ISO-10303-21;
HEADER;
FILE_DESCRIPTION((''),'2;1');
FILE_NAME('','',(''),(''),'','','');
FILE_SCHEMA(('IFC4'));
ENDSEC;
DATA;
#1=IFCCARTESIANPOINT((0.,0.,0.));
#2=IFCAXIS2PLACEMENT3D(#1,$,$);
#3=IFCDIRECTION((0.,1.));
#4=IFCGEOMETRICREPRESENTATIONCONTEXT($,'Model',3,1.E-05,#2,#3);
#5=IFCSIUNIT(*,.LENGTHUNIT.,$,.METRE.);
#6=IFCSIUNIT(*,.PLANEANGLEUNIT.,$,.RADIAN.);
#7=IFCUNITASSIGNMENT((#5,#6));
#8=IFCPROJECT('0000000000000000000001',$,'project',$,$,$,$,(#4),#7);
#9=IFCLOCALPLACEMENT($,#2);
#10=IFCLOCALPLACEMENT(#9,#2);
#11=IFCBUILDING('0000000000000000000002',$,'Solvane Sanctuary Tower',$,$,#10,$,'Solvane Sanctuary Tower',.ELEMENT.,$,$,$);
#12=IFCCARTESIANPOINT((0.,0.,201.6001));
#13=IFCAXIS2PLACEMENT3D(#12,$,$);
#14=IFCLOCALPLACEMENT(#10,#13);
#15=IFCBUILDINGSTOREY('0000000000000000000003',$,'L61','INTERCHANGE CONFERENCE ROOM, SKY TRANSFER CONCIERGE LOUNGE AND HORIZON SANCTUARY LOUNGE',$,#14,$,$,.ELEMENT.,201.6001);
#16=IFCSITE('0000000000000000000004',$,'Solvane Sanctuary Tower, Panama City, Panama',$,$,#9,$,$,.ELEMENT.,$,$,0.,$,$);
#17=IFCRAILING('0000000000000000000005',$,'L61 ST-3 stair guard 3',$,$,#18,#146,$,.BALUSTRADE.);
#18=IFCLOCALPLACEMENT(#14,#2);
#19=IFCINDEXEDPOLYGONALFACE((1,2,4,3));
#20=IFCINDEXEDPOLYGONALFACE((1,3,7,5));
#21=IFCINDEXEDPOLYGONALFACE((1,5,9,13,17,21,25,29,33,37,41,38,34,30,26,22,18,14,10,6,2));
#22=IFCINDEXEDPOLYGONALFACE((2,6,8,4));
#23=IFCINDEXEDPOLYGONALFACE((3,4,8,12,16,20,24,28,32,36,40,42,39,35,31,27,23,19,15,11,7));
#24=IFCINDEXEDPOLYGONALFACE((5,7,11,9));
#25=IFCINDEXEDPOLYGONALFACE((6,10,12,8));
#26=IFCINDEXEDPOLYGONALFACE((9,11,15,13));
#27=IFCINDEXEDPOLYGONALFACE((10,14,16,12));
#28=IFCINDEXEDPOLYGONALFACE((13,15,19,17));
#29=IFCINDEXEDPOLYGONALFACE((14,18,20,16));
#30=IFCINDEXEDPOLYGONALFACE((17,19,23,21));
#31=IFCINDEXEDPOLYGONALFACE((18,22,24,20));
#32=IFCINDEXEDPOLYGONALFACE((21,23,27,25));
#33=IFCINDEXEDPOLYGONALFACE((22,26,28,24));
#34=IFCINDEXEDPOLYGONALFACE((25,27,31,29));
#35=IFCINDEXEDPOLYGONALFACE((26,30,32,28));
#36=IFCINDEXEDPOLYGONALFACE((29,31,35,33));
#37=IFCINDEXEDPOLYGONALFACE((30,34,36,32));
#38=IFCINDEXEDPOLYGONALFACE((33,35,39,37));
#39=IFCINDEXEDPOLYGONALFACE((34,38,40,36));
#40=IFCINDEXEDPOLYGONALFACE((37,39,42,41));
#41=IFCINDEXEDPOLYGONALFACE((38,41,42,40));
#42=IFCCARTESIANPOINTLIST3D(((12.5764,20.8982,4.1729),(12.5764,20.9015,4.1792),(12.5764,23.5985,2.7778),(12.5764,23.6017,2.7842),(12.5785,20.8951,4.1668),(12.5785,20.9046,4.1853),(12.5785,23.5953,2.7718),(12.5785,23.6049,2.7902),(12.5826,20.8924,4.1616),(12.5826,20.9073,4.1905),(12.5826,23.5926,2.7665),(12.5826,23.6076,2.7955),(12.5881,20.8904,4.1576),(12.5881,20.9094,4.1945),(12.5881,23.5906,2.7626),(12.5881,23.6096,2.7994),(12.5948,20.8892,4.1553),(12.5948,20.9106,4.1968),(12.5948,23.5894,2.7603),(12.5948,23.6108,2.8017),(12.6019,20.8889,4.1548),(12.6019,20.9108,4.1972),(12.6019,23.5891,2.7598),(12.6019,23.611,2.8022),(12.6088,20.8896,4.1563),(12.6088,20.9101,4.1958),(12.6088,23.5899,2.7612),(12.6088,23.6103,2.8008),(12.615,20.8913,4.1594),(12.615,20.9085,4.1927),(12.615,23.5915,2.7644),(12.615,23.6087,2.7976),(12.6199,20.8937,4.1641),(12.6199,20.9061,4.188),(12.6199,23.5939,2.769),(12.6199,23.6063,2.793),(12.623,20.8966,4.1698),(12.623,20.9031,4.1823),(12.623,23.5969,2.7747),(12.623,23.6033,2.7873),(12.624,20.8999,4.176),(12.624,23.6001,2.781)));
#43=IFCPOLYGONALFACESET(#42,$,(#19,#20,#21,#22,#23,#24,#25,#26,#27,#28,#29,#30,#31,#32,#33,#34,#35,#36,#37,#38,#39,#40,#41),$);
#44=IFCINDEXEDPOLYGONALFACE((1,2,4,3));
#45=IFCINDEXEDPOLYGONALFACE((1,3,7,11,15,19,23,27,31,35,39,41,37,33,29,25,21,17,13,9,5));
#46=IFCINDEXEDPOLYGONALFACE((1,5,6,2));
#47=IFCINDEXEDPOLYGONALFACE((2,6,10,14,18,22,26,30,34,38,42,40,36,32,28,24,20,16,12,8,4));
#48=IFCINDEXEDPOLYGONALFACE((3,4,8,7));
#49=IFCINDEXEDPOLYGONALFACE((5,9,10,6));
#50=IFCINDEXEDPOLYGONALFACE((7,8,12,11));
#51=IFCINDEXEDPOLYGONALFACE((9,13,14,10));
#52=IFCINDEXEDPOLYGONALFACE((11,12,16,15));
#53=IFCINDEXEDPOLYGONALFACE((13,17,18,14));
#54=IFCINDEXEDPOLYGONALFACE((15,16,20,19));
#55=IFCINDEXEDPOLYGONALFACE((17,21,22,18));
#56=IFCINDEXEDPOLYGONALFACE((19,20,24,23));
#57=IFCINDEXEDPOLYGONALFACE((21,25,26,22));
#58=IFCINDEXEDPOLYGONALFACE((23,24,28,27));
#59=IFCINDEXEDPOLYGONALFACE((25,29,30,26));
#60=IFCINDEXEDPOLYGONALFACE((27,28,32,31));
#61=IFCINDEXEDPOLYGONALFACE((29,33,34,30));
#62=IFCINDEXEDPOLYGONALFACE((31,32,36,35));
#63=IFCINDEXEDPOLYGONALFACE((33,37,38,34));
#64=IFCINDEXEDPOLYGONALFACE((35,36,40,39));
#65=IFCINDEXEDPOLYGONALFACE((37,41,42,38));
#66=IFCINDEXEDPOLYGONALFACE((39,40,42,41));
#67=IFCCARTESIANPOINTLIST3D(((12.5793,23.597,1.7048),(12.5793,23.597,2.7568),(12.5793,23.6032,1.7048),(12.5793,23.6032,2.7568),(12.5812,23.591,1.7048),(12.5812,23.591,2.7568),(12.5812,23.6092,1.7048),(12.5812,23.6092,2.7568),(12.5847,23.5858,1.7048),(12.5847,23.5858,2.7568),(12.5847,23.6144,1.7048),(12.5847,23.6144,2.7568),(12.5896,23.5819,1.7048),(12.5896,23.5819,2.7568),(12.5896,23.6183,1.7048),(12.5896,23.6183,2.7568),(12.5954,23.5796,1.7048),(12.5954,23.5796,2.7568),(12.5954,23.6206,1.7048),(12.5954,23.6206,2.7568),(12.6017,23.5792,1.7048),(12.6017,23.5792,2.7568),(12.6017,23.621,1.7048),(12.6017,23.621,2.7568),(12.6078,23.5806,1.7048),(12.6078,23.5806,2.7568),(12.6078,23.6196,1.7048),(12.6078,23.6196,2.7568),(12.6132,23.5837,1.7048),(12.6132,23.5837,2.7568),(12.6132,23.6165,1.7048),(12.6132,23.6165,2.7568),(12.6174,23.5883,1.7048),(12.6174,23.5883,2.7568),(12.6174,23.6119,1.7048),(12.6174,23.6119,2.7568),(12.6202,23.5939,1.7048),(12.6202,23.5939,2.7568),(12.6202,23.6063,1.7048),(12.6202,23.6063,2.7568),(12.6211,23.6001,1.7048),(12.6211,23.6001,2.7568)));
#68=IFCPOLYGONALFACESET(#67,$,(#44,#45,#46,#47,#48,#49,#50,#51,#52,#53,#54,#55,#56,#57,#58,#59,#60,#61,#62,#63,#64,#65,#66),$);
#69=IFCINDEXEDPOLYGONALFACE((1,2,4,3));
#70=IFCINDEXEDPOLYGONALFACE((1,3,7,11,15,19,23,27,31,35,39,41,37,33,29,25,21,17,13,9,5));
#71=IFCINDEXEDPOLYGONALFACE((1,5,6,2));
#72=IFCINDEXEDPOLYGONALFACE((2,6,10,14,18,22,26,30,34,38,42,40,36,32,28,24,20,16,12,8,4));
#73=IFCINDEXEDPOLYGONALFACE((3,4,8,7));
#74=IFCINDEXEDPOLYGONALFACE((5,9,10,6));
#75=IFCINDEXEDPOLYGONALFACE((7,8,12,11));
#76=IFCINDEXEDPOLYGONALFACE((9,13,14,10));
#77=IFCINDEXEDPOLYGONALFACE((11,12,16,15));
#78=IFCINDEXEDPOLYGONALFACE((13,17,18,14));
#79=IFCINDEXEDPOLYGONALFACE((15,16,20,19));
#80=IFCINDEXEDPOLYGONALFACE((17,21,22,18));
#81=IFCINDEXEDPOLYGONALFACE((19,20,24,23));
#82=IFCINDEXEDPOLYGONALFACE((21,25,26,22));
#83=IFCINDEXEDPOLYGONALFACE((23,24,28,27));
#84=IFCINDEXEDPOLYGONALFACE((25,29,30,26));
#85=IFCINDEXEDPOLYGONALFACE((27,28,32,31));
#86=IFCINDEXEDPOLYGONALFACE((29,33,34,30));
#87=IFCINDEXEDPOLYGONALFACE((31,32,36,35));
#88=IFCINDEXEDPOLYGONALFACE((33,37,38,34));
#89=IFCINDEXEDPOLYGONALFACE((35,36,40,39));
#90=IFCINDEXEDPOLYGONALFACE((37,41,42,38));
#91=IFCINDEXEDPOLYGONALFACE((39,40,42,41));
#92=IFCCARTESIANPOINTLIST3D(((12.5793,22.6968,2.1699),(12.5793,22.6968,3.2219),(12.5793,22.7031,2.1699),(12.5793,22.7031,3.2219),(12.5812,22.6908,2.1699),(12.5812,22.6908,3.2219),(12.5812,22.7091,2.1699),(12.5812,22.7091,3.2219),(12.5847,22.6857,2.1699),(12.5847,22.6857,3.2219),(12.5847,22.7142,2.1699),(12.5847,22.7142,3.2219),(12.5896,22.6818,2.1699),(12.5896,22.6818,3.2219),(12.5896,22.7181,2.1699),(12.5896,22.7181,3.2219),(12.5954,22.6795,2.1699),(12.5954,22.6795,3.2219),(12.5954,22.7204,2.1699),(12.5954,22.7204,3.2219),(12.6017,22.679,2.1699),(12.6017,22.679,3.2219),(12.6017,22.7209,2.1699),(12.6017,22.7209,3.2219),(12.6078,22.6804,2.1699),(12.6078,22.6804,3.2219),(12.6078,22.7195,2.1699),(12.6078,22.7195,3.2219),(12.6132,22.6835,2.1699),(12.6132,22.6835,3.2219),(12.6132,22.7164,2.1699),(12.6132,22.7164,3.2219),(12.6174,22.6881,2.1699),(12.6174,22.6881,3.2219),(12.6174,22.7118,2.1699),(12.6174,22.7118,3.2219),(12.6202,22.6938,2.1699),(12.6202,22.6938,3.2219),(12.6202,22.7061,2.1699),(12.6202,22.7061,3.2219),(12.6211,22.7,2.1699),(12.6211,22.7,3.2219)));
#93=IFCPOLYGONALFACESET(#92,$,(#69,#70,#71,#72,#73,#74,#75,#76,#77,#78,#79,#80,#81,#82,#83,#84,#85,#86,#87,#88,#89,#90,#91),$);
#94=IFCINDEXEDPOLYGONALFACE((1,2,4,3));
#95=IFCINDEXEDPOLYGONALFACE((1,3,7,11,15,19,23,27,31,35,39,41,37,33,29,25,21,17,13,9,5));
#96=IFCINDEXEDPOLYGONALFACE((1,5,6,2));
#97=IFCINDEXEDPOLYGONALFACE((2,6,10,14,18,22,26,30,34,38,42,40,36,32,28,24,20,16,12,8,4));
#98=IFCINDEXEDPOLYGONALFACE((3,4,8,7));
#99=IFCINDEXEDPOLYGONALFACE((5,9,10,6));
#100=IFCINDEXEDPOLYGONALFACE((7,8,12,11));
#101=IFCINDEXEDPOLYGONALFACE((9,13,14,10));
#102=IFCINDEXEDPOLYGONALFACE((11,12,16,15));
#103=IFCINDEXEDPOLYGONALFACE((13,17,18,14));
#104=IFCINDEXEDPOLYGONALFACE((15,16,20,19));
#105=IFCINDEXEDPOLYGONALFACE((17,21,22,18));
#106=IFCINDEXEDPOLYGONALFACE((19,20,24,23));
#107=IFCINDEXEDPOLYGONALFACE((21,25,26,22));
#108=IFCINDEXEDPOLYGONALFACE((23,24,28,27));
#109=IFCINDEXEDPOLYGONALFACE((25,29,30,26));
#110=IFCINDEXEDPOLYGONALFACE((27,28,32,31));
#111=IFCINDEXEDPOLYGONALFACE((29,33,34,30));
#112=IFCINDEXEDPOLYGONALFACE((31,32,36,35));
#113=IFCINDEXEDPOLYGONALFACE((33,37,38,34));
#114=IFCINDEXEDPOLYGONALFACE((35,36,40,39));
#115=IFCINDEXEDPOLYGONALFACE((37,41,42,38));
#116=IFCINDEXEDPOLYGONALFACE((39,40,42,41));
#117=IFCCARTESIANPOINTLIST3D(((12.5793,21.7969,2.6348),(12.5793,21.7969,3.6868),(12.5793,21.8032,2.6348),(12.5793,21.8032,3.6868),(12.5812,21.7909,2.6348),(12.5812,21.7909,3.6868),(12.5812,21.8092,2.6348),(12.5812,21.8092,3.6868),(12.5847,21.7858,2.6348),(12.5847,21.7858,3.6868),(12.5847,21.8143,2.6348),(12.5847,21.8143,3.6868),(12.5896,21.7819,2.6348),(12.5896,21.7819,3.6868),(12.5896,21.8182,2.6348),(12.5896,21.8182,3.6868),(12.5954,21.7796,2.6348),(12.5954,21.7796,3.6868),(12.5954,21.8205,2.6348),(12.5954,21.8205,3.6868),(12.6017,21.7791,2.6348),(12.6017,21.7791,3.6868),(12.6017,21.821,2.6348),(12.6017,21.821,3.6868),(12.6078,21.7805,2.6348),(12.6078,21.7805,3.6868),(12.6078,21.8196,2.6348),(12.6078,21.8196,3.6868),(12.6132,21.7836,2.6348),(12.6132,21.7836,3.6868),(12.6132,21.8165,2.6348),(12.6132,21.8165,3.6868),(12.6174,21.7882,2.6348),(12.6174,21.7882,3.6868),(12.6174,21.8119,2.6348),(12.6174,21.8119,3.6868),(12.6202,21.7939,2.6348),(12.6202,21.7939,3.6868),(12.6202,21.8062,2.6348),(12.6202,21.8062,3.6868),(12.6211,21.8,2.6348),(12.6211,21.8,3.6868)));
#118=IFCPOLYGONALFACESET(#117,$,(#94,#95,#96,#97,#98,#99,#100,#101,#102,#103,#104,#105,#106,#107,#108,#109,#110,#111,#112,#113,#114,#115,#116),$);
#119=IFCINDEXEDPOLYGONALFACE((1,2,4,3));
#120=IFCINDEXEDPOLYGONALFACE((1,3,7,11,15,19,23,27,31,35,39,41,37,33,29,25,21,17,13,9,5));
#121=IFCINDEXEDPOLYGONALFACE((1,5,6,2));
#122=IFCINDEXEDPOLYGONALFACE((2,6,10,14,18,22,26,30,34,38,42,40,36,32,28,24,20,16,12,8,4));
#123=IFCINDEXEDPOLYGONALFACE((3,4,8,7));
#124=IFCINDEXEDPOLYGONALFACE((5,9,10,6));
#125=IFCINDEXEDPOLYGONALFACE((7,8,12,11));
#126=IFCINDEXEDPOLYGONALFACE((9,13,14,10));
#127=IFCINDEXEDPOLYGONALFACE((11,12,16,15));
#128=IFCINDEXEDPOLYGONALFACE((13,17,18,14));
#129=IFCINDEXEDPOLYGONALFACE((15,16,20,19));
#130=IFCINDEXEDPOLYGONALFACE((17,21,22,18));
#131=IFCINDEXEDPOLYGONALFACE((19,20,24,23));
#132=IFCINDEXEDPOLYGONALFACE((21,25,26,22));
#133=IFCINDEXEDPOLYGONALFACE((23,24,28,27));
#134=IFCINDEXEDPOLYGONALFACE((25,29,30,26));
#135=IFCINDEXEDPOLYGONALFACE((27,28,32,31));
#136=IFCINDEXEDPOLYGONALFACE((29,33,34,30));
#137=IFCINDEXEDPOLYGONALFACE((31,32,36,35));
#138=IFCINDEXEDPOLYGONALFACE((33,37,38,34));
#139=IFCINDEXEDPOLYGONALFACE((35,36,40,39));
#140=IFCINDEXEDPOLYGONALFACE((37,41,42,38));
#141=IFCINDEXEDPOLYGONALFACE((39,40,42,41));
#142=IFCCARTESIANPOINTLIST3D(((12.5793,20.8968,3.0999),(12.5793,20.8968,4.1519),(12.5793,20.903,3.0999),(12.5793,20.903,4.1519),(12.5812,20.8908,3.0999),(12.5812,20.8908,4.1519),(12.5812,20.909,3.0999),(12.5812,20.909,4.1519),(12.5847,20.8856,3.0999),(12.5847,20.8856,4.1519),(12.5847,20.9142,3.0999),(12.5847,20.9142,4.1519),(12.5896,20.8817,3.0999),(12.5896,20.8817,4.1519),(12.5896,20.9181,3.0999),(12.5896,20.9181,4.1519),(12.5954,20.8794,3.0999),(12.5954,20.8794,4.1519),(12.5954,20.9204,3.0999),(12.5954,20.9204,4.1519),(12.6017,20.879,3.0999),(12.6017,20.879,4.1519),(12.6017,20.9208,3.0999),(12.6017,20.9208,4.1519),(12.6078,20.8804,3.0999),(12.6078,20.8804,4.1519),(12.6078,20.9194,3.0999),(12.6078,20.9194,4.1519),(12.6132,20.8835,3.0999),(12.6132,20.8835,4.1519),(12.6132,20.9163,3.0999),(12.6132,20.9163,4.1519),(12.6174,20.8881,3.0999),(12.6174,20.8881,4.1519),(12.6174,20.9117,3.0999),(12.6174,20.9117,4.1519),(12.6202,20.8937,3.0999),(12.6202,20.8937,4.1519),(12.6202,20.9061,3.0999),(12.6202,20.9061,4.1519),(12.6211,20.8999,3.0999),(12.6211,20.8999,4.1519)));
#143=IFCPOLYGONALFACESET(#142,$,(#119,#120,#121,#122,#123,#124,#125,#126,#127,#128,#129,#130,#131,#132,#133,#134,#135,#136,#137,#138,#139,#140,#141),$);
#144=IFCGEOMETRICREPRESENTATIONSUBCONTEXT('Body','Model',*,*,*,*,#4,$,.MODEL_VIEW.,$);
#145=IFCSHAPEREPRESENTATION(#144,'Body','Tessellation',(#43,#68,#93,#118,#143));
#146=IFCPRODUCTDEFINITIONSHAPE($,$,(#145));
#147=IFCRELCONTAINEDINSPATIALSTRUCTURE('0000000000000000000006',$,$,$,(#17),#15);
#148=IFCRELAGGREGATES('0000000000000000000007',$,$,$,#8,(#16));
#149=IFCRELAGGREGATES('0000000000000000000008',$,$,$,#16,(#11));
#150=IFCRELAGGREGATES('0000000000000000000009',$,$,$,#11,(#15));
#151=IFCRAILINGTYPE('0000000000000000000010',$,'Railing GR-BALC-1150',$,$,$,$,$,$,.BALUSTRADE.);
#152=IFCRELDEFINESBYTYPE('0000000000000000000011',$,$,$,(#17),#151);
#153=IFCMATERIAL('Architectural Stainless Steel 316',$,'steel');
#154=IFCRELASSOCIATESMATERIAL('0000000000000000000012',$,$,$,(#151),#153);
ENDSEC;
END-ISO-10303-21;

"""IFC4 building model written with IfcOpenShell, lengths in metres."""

from ifc_helpers import new_model, si_unit, direction, frame, origin, origin_2d, place, context, subcontext, project, spatial, circle, extrude, material, type_object, element, save


model = new_model("IFC4")

# Units and contexts
model_context = context("Model", 3, precision=1e-05, world=origin(), true_north=direction((0.0, 1.0)))
body_context = subcontext(model_context, "Body", "Model", "MODEL_VIEW")
ifc_project = project(units=[si_unit("LENGTHUNIT", "METRE"), si_unit("PLANEANGLEUNIT", "RADIAN")], contexts=[model_context])

# Site, building, storey
site_placement = place(None, origin())
site = spatial("IfcSite", under=ifc_project, at=site_placement, Name="Solvane Sanctuary Tower, Panama City, Panama", CompositionType="ELEMENT", RefElevation=0.0)
building_placement = place(site_placement, origin())
building = spatial("IfcBuilding", under=site, at=building_placement, Name="Solvane Sanctuary Tower", LongName="Solvane Sanctuary Tower", CompositionType="ELEMENT")
storey_placement = place(building_placement, frame((0.0, 0.0, 201.6001)))
storey = spatial("IfcBuildingStorey", under=building, at=storey_placement, Name="L61", Description="INTERCHANGE CONFERENCE ROOM, SKY TRANSFER CONCIERGE LOUNGE AND HORIZON SANCTUARY LOUNGE", CompositionType="ELEMENT", Elevation=201.6001)

# Shared definitions
ifc_material_1 = material(Name="Architectural Stainless Steel 316", Category="steel")

# Railing
railing_type_1 = type_object("IfcRailingType", Name="Railing GR-BALC-1150", PredefinedType="BALUSTRADE", material=ifc_material_1)
railing_1_placement = place(storey_placement, frame((12.6001, 23.6001, 1.7048)))
element("IfcRailing", 1, at=railing_1_placement, inside=storey, type_object=railing_type_1, Name="L61 ST-3 stair guard 3", PredefinedType="BALUSTRADE", context=body_context, shape_type="SweptSolid", body=[
    extrude(circle(Radius=0.0239, at=origin_2d()), frame((0.0, 0.0, 1.0762), z_axis=(0.0, -0.888437, 0.458999), x_axis=(1.0, 0.0, 0.0)), (0.0, 0.0, 1.0), 3.0393),
    extrude(circle(Radius=0.021, at=origin_2d()), origin(), (0.0, 0.0, 1.0), 1.052),
    extrude(circle(Radius=0.021, at=origin_2d()), frame((0.0, -0.9001, 0.4651)), (0.0, 0.0, 1.0), 1.052),
    extrude(circle(Radius=0.021, at=origin_2d()), frame((0.0, -1.8, 0.9299)), (0.0, 0.0, 1.0), 1.052),
    extrude(circle(Radius=0.021, at=origin_2d()), frame((0.0, -2.7002, 1.395)), (0.0, 0.0, 1.0), 1.052),
])

save(model, "model.ifc")
